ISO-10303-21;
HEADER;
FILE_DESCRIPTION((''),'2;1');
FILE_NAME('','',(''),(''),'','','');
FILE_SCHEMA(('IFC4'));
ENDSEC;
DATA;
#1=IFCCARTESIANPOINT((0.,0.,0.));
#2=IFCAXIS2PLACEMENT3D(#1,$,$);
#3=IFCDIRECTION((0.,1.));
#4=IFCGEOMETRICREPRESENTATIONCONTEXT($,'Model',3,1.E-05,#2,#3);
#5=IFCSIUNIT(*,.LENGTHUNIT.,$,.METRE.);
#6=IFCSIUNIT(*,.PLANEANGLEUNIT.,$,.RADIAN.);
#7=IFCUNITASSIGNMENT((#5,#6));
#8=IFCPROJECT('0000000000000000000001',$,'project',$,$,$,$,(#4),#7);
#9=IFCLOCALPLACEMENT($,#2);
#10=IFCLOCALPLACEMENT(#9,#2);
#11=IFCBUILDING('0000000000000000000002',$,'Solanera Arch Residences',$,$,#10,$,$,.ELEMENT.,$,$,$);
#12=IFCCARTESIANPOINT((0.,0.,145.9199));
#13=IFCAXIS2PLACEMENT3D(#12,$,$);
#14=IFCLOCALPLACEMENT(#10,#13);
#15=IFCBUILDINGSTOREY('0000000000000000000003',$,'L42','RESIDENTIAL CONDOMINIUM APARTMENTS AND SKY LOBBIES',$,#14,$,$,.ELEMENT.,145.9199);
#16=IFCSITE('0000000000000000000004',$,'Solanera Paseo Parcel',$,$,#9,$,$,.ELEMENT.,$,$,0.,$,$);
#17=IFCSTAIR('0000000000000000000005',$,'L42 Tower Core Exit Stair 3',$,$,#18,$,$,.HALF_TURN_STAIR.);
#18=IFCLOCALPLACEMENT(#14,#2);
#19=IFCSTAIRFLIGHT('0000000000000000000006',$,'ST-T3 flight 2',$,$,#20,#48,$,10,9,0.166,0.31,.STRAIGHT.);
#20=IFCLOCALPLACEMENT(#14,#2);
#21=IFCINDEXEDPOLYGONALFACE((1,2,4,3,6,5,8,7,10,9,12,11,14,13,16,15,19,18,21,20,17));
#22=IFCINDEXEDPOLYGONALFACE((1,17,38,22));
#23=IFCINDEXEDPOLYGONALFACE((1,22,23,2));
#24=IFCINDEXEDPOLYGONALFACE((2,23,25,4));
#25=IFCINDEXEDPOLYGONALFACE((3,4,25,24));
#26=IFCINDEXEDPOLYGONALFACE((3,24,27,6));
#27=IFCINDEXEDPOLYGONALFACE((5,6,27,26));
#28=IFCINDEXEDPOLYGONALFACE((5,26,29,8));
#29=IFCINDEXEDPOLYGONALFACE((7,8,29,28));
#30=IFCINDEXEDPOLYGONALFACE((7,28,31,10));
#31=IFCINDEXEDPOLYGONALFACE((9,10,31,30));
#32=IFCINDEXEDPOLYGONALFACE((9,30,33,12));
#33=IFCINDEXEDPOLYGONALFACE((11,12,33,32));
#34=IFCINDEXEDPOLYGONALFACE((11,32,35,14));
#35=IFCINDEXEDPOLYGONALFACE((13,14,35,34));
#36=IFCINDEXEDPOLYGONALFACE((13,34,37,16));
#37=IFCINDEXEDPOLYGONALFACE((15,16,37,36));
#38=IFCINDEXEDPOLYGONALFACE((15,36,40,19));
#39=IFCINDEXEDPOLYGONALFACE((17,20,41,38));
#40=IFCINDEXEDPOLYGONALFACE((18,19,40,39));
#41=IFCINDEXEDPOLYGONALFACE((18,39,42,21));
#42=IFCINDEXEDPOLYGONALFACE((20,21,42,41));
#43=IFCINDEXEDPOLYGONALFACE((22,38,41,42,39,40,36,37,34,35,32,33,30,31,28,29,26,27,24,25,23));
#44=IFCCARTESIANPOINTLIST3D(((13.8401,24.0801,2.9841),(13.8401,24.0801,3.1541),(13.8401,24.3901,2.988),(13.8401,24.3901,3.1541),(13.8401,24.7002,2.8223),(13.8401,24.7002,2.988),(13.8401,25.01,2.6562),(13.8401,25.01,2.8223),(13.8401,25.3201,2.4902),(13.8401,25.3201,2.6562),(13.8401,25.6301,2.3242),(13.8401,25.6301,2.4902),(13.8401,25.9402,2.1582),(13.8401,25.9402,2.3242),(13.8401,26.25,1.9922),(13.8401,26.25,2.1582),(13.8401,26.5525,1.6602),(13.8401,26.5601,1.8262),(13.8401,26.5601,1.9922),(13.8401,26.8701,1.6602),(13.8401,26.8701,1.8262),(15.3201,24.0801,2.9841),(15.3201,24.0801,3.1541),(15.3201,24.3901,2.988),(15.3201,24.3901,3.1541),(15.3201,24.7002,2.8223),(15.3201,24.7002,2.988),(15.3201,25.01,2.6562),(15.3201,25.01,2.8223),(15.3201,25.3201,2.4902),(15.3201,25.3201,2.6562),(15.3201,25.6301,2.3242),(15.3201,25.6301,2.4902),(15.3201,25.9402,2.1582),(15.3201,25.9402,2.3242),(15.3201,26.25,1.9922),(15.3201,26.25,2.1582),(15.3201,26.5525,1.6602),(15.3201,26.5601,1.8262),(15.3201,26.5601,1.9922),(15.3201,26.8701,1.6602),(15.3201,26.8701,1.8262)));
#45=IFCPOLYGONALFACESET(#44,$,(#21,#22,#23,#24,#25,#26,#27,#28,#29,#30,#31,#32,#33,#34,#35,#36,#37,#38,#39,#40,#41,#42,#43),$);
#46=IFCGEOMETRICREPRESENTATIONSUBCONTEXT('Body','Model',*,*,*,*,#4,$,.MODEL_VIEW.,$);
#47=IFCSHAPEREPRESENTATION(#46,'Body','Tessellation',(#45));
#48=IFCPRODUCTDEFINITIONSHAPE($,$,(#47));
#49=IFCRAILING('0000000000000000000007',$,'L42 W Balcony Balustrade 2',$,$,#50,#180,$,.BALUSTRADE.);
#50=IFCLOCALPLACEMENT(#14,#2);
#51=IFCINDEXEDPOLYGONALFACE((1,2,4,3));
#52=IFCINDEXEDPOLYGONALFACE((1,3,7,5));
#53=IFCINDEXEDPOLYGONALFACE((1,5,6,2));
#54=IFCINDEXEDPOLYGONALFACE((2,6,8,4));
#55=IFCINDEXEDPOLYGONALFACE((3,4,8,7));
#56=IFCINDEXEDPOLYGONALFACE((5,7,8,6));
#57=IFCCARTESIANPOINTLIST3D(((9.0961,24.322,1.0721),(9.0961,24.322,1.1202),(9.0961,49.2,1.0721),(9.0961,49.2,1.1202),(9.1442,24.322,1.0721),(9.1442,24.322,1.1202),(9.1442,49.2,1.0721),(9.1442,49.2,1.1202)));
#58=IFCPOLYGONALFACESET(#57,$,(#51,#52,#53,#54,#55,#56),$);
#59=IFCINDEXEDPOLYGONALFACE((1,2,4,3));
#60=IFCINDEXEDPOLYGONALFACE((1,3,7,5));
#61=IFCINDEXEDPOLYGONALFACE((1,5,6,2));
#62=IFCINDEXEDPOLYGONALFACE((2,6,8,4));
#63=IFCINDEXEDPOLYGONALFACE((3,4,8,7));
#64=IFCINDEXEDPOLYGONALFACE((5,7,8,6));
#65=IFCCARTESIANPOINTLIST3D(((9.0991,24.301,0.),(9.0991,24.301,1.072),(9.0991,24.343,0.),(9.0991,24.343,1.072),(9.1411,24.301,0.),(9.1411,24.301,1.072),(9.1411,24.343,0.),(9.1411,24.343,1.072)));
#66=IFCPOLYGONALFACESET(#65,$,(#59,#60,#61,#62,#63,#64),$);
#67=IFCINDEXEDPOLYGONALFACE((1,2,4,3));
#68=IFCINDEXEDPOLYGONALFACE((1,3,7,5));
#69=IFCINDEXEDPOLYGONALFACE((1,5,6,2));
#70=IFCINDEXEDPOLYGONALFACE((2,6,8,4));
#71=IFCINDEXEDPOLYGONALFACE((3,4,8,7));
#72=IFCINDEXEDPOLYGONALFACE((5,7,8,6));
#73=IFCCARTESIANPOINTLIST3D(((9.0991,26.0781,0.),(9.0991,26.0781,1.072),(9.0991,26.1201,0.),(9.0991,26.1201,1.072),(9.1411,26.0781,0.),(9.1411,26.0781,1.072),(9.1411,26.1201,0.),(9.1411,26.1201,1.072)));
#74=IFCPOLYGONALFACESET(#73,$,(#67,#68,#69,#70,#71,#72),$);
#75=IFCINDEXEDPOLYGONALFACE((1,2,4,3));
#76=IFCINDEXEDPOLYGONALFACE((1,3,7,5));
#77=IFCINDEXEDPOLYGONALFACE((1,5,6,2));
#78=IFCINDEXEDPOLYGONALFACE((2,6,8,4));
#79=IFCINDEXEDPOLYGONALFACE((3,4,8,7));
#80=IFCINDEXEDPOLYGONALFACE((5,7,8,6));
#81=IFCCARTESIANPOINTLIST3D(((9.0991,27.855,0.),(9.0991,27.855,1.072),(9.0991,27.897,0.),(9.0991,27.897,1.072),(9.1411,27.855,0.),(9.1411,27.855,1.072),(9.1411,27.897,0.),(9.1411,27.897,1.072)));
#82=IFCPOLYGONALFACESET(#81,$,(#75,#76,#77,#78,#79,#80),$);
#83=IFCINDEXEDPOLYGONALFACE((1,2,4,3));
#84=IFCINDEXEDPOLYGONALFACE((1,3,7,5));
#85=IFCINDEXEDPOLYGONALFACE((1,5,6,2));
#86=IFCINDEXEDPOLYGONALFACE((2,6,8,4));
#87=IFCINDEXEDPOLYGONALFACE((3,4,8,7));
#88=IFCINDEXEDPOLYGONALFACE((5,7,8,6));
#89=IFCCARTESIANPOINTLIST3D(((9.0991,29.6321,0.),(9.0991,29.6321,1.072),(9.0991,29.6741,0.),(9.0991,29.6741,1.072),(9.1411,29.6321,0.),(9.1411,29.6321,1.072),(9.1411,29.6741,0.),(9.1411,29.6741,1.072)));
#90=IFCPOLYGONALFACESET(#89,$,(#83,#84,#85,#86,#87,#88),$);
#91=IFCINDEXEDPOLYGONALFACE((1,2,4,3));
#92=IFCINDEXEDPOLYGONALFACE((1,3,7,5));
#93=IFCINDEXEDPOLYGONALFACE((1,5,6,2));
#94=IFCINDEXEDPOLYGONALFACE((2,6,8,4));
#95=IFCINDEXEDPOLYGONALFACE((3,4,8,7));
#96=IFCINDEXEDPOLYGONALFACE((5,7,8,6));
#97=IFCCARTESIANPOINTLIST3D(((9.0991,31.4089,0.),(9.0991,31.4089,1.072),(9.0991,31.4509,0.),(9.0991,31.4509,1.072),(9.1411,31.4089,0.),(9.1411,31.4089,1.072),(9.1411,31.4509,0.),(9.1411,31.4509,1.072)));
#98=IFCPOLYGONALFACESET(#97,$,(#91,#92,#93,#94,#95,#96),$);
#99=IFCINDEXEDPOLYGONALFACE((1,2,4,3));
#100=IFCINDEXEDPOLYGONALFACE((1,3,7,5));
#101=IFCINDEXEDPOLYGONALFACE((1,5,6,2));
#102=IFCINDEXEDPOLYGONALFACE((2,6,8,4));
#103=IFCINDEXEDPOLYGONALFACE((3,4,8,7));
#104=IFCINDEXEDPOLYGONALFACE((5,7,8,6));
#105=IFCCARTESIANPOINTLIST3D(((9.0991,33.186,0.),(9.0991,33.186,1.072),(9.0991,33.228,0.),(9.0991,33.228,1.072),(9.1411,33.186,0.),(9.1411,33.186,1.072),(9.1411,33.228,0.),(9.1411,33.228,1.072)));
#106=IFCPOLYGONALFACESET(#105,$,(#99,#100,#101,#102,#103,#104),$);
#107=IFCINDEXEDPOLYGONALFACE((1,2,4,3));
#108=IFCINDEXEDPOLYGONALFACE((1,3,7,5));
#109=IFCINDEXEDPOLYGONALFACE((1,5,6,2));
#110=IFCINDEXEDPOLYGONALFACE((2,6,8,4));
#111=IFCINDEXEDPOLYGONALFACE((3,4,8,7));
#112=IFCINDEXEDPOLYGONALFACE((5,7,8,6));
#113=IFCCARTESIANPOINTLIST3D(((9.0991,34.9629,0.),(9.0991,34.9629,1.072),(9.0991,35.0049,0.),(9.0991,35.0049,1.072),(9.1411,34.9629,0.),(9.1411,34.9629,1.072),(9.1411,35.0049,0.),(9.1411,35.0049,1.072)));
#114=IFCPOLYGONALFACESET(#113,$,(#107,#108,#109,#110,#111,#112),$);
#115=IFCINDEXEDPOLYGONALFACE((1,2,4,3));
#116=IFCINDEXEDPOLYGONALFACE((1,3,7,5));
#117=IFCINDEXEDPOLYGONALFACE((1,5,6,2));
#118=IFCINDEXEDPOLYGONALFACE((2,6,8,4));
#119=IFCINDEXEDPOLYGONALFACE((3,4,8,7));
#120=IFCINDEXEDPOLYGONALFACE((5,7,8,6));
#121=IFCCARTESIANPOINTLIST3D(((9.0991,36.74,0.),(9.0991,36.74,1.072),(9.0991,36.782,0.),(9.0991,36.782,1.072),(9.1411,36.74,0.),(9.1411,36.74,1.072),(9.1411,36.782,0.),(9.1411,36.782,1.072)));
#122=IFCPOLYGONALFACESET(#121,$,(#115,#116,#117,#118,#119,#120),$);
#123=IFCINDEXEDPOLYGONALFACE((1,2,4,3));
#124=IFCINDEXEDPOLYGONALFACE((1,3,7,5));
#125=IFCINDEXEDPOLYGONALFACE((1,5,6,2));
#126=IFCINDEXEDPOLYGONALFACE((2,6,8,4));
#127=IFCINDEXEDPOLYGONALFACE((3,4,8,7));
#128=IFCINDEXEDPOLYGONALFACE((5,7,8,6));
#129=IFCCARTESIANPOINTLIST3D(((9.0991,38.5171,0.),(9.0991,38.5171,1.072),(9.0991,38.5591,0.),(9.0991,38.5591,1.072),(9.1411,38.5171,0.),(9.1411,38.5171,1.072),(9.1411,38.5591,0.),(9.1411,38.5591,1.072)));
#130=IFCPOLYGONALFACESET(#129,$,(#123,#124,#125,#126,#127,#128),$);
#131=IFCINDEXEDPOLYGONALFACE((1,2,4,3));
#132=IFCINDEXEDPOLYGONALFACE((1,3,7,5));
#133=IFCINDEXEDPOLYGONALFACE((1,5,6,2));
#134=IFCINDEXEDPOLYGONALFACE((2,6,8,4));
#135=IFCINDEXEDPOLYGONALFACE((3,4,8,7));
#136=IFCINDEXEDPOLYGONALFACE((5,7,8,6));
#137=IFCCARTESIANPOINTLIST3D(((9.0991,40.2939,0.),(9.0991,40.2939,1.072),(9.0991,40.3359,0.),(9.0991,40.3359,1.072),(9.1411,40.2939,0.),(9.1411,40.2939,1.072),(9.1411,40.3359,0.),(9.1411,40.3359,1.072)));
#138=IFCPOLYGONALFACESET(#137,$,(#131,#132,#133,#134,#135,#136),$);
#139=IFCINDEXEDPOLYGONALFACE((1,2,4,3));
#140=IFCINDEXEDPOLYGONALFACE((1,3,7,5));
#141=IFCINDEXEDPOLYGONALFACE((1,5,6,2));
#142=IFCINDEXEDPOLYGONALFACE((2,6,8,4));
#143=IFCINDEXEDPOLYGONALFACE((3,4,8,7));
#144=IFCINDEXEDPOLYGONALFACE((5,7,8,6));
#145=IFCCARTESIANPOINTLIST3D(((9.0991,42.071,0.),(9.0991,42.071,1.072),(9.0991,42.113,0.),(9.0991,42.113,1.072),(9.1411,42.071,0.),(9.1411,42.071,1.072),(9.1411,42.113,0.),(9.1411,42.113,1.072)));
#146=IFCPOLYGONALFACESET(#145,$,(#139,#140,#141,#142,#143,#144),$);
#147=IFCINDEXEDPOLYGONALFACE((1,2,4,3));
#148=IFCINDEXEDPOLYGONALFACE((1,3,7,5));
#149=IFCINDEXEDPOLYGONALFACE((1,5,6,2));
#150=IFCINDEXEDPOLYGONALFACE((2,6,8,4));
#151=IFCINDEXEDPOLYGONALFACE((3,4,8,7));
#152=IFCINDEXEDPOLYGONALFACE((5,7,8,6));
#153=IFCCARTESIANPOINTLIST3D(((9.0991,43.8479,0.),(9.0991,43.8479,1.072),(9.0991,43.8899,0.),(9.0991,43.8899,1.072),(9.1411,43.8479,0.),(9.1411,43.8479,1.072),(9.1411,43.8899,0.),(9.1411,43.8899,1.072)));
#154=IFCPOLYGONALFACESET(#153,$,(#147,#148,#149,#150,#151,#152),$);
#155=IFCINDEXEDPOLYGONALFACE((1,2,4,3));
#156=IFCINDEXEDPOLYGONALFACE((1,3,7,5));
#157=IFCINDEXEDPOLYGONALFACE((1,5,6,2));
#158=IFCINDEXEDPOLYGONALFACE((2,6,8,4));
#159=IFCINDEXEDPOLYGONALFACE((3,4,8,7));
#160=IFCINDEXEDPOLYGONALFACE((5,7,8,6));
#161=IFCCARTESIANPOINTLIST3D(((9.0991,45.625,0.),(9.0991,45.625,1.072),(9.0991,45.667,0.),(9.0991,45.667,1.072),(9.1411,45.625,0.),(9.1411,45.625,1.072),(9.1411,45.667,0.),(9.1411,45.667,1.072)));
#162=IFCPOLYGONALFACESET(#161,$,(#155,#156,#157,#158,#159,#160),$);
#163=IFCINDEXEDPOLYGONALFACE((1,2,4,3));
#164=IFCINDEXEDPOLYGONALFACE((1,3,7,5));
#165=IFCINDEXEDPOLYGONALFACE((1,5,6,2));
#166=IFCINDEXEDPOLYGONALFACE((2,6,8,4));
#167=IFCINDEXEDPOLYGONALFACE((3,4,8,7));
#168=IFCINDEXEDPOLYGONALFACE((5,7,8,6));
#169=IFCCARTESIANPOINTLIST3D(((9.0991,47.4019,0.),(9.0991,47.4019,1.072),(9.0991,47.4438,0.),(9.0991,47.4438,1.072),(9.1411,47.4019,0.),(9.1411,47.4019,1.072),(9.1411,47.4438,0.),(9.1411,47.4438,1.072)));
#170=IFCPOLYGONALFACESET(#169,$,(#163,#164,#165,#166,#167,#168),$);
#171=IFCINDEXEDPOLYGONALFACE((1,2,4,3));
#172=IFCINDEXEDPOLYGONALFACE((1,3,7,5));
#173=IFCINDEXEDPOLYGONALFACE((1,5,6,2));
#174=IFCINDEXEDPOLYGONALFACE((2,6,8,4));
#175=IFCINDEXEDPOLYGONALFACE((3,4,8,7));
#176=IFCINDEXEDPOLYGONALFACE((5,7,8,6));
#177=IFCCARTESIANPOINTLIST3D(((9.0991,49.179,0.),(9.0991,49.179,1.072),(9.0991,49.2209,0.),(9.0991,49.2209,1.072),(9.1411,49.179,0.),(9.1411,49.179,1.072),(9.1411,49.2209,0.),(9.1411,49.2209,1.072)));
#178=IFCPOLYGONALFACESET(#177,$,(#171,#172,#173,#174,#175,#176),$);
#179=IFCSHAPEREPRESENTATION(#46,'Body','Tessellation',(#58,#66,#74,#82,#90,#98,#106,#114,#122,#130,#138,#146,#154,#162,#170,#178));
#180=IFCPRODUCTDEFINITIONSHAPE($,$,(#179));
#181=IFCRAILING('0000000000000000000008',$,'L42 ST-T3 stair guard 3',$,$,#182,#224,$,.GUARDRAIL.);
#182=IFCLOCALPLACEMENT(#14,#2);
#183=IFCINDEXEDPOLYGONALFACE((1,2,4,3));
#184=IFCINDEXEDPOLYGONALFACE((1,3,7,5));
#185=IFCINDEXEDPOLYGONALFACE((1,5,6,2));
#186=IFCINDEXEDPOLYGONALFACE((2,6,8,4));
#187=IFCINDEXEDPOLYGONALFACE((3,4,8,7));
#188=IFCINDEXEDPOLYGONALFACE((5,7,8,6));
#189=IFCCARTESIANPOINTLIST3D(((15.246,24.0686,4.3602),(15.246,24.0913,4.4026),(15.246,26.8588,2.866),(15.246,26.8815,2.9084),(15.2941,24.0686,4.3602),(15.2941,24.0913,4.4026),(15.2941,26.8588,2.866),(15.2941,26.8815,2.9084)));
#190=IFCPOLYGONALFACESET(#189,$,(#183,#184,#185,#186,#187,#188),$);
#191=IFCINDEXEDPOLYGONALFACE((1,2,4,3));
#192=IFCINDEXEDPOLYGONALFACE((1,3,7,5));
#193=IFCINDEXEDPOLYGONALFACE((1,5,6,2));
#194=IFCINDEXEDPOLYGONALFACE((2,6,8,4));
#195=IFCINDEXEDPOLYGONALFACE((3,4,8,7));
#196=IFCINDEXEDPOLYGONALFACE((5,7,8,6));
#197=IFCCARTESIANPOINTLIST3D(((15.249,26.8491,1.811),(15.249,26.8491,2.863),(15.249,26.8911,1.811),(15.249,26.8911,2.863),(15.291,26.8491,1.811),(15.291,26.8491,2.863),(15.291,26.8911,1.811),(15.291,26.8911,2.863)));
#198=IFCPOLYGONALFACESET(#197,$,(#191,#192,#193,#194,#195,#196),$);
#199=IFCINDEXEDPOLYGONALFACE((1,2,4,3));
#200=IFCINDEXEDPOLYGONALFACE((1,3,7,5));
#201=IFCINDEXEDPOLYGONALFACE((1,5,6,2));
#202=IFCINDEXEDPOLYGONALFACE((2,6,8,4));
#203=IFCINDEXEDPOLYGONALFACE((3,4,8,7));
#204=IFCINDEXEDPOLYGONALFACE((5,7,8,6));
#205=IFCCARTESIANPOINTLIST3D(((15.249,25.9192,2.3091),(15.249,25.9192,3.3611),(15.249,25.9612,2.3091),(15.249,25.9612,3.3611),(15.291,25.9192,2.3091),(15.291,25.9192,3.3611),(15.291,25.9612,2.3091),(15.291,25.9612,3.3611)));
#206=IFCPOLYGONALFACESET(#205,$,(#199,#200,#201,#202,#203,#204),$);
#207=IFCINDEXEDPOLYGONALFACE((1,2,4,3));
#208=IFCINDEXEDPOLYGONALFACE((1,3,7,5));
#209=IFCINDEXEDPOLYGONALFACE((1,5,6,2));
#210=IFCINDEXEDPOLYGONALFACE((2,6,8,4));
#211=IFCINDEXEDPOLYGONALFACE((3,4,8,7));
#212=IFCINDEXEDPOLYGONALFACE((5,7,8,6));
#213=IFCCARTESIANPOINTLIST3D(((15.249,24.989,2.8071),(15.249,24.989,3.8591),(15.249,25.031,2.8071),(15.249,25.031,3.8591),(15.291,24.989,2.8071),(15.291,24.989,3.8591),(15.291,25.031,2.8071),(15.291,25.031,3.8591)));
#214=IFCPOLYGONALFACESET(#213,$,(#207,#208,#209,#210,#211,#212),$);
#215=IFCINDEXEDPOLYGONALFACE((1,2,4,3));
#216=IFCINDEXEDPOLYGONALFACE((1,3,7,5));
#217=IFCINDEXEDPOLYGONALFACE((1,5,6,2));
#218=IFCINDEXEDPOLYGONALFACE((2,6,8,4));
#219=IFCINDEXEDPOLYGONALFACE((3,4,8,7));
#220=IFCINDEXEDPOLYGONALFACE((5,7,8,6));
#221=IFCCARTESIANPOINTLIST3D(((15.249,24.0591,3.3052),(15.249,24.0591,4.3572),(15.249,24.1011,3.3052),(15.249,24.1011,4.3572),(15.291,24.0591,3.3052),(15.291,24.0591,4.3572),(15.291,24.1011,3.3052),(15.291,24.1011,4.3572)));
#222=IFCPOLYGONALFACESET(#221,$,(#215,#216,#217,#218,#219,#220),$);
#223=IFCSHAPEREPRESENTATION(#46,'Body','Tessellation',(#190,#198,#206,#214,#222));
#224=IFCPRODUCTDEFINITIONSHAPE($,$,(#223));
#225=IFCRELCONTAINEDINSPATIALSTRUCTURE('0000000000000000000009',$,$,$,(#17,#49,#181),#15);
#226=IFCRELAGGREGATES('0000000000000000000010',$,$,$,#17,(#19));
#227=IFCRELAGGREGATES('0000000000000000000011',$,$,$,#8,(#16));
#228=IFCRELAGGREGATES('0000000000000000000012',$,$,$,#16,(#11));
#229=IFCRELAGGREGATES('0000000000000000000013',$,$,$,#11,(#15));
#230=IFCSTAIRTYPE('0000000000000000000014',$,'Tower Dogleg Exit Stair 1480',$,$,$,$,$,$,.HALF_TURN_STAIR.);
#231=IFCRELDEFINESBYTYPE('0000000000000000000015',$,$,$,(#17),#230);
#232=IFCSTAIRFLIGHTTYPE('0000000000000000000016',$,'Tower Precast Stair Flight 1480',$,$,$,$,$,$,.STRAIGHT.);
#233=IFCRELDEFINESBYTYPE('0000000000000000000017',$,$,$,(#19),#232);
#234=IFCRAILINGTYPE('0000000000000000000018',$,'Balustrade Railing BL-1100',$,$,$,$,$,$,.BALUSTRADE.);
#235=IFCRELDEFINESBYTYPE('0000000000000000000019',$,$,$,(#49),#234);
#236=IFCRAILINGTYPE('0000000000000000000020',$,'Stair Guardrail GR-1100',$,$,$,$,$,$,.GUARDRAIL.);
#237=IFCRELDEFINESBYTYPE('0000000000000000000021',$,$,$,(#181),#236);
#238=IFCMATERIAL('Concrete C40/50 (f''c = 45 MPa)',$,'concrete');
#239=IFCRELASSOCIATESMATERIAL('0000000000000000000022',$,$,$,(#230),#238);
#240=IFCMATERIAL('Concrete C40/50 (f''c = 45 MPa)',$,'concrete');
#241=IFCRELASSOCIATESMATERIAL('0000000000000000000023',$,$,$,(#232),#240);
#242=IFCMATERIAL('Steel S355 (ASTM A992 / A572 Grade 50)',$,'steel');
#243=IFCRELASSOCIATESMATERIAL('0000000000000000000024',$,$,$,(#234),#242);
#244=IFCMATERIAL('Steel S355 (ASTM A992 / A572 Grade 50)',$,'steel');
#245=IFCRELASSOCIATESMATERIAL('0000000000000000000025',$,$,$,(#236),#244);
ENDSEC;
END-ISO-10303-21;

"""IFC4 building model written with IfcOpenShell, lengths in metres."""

from ifc_helpers import new_model, si_unit, direction, frame, origin, origin_2d, place, context, subcontext, project, spatial, polyline, rectangle, outline, extrude, material, type_object, element, aggregate, save


model = new_model("IFC4")

# Units and contexts
model_context = context("Model", 3, precision=1e-05, world=origin(), true_north=direction((0.0, 1.0)))
body_context = subcontext(model_context, "Body", "Model", "MODEL_VIEW")
ifc_project = project(units=[si_unit("LENGTHUNIT", "METRE"), si_unit("PLANEANGLEUNIT", "RADIAN")], contexts=[model_context])

# Site, building, storey
site_placement = place(None, origin())
site = spatial("IfcSite", under=ifc_project, at=site_placement, Name="Solanera Paseo Parcel", CompositionType="ELEMENT", RefElevation=0.0)
building_placement = place(site_placement, origin())
building = spatial("IfcBuilding", under=site, at=building_placement, Name="Solanera Arch Residences", CompositionType="ELEMENT")
storey_placement = place(building_placement, frame((0.0, 0.0, 145.9199)))
storey = spatial("IfcBuildingStorey", under=building, at=storey_placement, Name="L42", Description="RESIDENTIAL CONDOMINIUM APARTMENTS AND SKY LOBBIES", CompositionType="ELEMENT", Elevation=145.9199)

# Stair, stair flight
ifc_material_1 = material(Name="Concrete C40/50 (f'c = 45 MPa)", Category="concrete")
stair_type = type_object("IfcStairType", Name="Tower Dogleg Exit Stair 1480", PredefinedType="HALF_TURN_STAIR", material=ifc_material_1)
stair_placement = place(storey_placement, origin())
stair = element("IfcStair", 1, at=stair_placement, inside=storey, type_object=stair_type, Name="L42 Tower Core Exit Stair 3", PredefinedType="HALF_TURN_STAIR")
ifc_material_2 = material(Name="Concrete C40/50 (f'c = 45 MPa)", Category="concrete")
stair_flight_type = type_object("IfcStairFlightType", Name="Tower Precast Stair Flight 1480", PredefinedType="STRAIGHT", material=ifc_material_2)
stair_flight_placement = place(storey_placement, frame((14.5801, 26.8701, 1.6602), z_axis=(0.0, 0.0, 1.0), x_axis=(0.0, -1.0, 0.0)))
stair_flight = element("IfcStairFlight", 2, at=stair_flight_placement, type_object=stair_flight_type, Name="ST-T3 flight 2", NumberOfRisers=10, NumberOfTreads=9, PredefinedType="STRAIGHT", RiserHeight=0.166, TreadLength=0.31, context=body_context, shape_type="SweptSolid", body=[
    extrude(outline(polyline([(0.0, 0.0), (0.0, 0.166), (0.3101, 0.166), (0.3101, 0.332), (0.6201, 0.332), (0.6201, 0.498), (0.9299, 0.498), (0.9299, 0.6641), (1.24, 0.6641), (1.24, 0.8301), (1.55, 0.8301), (1.55, 0.9961), (1.8601, 0.9961), (1.8601, 1.1621), (2.1699, 1.1621), (2.1699, 1.3279), (2.48, 1.3279), (2.48, 1.4939), (2.79, 1.4939), (2.79, 1.6599), (2.79, 1.324), (0.3176, 0.0), (0.0, 0.0)])), frame((0.0, 0.74, 0.0), z_axis=(0.0, -1.0, 0.0), x_axis=(1.0, 0.0, 0.0)), (0.0, 0.0, 1.0), 1.48),
])
aggregate(stair, [stair_flight])

# Railings
ifc_material_3 = material(Name="Steel S355 (ASTM A992 / A572 Grade 50)", Category="steel")
railing_type_1 = type_object("IfcRailingType", Name="Balustrade Railing BL-1100", PredefinedType="BALUSTRADE", material=ifc_material_3)
railing_1_placement = place(storey_placement, frame((9.1201, 24.322, 0.0)))
element("IfcRailing", 3, at=railing_1_placement, inside=storey, type_object=railing_type_1, Name="L42 W Balcony Balustrade 2", PredefinedType="BALUSTRADE", context=body_context, shape_type="SweptSolid", body=[
    extrude(rectangle(XDim=0.0481, YDim=0.0481, at=origin_2d()), frame((0.0, 0.0, 1.0962), z_axis=(0.0, 1.0, 0.0), x_axis=(-1.0, 0.0, 0.0)), (0.0, 0.0, 1.0), 24.8779),
    extrude(rectangle(XDim=0.042, YDim=0.042, at=origin_2d()), origin(), (0.0, 0.0, 1.0), 1.072),
    extrude(rectangle(XDim=0.042, YDim=0.042, at=origin_2d()), frame((0.0, 1.7771, 0.0)), (0.0, 0.0, 1.0), 1.072),
    extrude(rectangle(XDim=0.042, YDim=0.042, at=origin_2d()), frame((0.0, 3.554, 0.0)), (0.0, 0.0, 1.0), 1.072),
    extrude(rectangle(XDim=0.042, YDim=0.042, at=origin_2d()), frame((0.0, 5.3311, 0.0)), (0.0, 0.0, 1.0), 1.072),
    extrude(rectangle(XDim=0.042, YDim=0.042, at=origin_2d()), frame((0.0, 7.1079, 0.0)), (0.0, 0.0, 1.0), 1.072),
    extrude(rectangle(XDim=0.042, YDim=0.042, at=origin_2d()), frame((0.0, 8.885, 0.0)), (0.0, 0.0, 1.0), 1.072),
    extrude(rectangle(XDim=0.042, YDim=0.042, at=origin_2d()), frame((0.0, 10.6619, 0.0)), (0.0, 0.0, 1.0), 1.072),
    extrude(rectangle(XDim=0.042, YDim=0.042, at=origin_2d()), frame((0.0, 12.439, 0.0)), (0.0, 0.0, 1.0), 1.072),
    extrude(rectangle(XDim=0.042, YDim=0.042, at=origin_2d()), frame((0.0, 14.2161, 0.0)), (0.0, 0.0, 1.0), 1.072),
    extrude(rectangle(XDim=0.042, YDim=0.042, at=origin_2d()), frame((0.0, 15.9929, 0.0)), (0.0, 0.0, 1.0), 1.072),
    extrude(rectangle(XDim=0.042, YDim=0.042, at=origin_2d()), frame((0.0, 17.77, 0.0)), (0.0, 0.0, 1.0), 1.072),
    extrude(rectangle(XDim=0.042, YDim=0.042, at=origin_2d()), frame((0.0, 19.5469, 0.0)), (0.0, 0.0, 1.0), 1.072),
    extrude(rectangle(XDim=0.042, YDim=0.042, at=origin_2d()), frame((0.0, 21.324, 0.0)), (0.0, 0.0, 1.0), 1.072),
    extrude(rectangle(XDim=0.042, YDim=0.042, at=origin_2d()), frame((0.0, 23.1008, 0.0)), (0.0, 0.0, 1.0), 1.072),
    extrude(rectangle(XDim=0.042, YDim=0.042, at=origin_2d()), frame((0.0, 24.8779, 0.0)), (0.0, 0.0, 1.0), 1.072),
])
ifc_material_4 = material(Name="Steel S355 (ASTM A992 / A572 Grade 50)", Category="steel")
railing_type_2 = type_object("IfcRailingType", Name="Stair Guardrail GR-1100", PredefinedType="GUARDRAIL", material=ifc_material_4)
railing_2_placement = place(storey_placement, frame((15.27, 26.8701, 1.811)))
element("IfcRailing", 4, at=railing_2_placement, inside=storey, type_object=railing_type_2, Name="L42 ST-T3 stair guard 3", PredefinedType="GUARDRAIL", context=body_context, shape_type="SweptSolid", body=[
    extrude(rectangle(XDim=0.0481, YDim=0.0481, at=origin_2d()), frame((0.0, 0.0, 1.0762), z_axis=(0.0, -0.881549, 0.472093), x_axis=(1.0, 0.0, 0.0)), (0.0, 0.0, 1.0), 3.165),
    extrude(rectangle(XDim=0.042, YDim=0.042, at=origin_2d()), origin(), (0.0, 0.0, 1.0), 1.052),
    extrude(rectangle(XDim=0.042, YDim=0.042, at=origin_2d()), frame((0.0, -0.9299, 0.498)), (0.0, 0.0, 1.0), 1.052),
    extrude(rectangle(XDim=0.042, YDim=0.042, at=origin_2d()), frame((0.0, -1.8601, 0.9961)), (0.0, 0.0, 1.0), 1.052),
    extrude(rectangle(XDim=0.042, YDim=0.042, at=origin_2d()), frame((0.0, -2.79, 1.4941)), (0.0, 0.0, 1.0), 1.052),
])

save(model, "model.ifc")
